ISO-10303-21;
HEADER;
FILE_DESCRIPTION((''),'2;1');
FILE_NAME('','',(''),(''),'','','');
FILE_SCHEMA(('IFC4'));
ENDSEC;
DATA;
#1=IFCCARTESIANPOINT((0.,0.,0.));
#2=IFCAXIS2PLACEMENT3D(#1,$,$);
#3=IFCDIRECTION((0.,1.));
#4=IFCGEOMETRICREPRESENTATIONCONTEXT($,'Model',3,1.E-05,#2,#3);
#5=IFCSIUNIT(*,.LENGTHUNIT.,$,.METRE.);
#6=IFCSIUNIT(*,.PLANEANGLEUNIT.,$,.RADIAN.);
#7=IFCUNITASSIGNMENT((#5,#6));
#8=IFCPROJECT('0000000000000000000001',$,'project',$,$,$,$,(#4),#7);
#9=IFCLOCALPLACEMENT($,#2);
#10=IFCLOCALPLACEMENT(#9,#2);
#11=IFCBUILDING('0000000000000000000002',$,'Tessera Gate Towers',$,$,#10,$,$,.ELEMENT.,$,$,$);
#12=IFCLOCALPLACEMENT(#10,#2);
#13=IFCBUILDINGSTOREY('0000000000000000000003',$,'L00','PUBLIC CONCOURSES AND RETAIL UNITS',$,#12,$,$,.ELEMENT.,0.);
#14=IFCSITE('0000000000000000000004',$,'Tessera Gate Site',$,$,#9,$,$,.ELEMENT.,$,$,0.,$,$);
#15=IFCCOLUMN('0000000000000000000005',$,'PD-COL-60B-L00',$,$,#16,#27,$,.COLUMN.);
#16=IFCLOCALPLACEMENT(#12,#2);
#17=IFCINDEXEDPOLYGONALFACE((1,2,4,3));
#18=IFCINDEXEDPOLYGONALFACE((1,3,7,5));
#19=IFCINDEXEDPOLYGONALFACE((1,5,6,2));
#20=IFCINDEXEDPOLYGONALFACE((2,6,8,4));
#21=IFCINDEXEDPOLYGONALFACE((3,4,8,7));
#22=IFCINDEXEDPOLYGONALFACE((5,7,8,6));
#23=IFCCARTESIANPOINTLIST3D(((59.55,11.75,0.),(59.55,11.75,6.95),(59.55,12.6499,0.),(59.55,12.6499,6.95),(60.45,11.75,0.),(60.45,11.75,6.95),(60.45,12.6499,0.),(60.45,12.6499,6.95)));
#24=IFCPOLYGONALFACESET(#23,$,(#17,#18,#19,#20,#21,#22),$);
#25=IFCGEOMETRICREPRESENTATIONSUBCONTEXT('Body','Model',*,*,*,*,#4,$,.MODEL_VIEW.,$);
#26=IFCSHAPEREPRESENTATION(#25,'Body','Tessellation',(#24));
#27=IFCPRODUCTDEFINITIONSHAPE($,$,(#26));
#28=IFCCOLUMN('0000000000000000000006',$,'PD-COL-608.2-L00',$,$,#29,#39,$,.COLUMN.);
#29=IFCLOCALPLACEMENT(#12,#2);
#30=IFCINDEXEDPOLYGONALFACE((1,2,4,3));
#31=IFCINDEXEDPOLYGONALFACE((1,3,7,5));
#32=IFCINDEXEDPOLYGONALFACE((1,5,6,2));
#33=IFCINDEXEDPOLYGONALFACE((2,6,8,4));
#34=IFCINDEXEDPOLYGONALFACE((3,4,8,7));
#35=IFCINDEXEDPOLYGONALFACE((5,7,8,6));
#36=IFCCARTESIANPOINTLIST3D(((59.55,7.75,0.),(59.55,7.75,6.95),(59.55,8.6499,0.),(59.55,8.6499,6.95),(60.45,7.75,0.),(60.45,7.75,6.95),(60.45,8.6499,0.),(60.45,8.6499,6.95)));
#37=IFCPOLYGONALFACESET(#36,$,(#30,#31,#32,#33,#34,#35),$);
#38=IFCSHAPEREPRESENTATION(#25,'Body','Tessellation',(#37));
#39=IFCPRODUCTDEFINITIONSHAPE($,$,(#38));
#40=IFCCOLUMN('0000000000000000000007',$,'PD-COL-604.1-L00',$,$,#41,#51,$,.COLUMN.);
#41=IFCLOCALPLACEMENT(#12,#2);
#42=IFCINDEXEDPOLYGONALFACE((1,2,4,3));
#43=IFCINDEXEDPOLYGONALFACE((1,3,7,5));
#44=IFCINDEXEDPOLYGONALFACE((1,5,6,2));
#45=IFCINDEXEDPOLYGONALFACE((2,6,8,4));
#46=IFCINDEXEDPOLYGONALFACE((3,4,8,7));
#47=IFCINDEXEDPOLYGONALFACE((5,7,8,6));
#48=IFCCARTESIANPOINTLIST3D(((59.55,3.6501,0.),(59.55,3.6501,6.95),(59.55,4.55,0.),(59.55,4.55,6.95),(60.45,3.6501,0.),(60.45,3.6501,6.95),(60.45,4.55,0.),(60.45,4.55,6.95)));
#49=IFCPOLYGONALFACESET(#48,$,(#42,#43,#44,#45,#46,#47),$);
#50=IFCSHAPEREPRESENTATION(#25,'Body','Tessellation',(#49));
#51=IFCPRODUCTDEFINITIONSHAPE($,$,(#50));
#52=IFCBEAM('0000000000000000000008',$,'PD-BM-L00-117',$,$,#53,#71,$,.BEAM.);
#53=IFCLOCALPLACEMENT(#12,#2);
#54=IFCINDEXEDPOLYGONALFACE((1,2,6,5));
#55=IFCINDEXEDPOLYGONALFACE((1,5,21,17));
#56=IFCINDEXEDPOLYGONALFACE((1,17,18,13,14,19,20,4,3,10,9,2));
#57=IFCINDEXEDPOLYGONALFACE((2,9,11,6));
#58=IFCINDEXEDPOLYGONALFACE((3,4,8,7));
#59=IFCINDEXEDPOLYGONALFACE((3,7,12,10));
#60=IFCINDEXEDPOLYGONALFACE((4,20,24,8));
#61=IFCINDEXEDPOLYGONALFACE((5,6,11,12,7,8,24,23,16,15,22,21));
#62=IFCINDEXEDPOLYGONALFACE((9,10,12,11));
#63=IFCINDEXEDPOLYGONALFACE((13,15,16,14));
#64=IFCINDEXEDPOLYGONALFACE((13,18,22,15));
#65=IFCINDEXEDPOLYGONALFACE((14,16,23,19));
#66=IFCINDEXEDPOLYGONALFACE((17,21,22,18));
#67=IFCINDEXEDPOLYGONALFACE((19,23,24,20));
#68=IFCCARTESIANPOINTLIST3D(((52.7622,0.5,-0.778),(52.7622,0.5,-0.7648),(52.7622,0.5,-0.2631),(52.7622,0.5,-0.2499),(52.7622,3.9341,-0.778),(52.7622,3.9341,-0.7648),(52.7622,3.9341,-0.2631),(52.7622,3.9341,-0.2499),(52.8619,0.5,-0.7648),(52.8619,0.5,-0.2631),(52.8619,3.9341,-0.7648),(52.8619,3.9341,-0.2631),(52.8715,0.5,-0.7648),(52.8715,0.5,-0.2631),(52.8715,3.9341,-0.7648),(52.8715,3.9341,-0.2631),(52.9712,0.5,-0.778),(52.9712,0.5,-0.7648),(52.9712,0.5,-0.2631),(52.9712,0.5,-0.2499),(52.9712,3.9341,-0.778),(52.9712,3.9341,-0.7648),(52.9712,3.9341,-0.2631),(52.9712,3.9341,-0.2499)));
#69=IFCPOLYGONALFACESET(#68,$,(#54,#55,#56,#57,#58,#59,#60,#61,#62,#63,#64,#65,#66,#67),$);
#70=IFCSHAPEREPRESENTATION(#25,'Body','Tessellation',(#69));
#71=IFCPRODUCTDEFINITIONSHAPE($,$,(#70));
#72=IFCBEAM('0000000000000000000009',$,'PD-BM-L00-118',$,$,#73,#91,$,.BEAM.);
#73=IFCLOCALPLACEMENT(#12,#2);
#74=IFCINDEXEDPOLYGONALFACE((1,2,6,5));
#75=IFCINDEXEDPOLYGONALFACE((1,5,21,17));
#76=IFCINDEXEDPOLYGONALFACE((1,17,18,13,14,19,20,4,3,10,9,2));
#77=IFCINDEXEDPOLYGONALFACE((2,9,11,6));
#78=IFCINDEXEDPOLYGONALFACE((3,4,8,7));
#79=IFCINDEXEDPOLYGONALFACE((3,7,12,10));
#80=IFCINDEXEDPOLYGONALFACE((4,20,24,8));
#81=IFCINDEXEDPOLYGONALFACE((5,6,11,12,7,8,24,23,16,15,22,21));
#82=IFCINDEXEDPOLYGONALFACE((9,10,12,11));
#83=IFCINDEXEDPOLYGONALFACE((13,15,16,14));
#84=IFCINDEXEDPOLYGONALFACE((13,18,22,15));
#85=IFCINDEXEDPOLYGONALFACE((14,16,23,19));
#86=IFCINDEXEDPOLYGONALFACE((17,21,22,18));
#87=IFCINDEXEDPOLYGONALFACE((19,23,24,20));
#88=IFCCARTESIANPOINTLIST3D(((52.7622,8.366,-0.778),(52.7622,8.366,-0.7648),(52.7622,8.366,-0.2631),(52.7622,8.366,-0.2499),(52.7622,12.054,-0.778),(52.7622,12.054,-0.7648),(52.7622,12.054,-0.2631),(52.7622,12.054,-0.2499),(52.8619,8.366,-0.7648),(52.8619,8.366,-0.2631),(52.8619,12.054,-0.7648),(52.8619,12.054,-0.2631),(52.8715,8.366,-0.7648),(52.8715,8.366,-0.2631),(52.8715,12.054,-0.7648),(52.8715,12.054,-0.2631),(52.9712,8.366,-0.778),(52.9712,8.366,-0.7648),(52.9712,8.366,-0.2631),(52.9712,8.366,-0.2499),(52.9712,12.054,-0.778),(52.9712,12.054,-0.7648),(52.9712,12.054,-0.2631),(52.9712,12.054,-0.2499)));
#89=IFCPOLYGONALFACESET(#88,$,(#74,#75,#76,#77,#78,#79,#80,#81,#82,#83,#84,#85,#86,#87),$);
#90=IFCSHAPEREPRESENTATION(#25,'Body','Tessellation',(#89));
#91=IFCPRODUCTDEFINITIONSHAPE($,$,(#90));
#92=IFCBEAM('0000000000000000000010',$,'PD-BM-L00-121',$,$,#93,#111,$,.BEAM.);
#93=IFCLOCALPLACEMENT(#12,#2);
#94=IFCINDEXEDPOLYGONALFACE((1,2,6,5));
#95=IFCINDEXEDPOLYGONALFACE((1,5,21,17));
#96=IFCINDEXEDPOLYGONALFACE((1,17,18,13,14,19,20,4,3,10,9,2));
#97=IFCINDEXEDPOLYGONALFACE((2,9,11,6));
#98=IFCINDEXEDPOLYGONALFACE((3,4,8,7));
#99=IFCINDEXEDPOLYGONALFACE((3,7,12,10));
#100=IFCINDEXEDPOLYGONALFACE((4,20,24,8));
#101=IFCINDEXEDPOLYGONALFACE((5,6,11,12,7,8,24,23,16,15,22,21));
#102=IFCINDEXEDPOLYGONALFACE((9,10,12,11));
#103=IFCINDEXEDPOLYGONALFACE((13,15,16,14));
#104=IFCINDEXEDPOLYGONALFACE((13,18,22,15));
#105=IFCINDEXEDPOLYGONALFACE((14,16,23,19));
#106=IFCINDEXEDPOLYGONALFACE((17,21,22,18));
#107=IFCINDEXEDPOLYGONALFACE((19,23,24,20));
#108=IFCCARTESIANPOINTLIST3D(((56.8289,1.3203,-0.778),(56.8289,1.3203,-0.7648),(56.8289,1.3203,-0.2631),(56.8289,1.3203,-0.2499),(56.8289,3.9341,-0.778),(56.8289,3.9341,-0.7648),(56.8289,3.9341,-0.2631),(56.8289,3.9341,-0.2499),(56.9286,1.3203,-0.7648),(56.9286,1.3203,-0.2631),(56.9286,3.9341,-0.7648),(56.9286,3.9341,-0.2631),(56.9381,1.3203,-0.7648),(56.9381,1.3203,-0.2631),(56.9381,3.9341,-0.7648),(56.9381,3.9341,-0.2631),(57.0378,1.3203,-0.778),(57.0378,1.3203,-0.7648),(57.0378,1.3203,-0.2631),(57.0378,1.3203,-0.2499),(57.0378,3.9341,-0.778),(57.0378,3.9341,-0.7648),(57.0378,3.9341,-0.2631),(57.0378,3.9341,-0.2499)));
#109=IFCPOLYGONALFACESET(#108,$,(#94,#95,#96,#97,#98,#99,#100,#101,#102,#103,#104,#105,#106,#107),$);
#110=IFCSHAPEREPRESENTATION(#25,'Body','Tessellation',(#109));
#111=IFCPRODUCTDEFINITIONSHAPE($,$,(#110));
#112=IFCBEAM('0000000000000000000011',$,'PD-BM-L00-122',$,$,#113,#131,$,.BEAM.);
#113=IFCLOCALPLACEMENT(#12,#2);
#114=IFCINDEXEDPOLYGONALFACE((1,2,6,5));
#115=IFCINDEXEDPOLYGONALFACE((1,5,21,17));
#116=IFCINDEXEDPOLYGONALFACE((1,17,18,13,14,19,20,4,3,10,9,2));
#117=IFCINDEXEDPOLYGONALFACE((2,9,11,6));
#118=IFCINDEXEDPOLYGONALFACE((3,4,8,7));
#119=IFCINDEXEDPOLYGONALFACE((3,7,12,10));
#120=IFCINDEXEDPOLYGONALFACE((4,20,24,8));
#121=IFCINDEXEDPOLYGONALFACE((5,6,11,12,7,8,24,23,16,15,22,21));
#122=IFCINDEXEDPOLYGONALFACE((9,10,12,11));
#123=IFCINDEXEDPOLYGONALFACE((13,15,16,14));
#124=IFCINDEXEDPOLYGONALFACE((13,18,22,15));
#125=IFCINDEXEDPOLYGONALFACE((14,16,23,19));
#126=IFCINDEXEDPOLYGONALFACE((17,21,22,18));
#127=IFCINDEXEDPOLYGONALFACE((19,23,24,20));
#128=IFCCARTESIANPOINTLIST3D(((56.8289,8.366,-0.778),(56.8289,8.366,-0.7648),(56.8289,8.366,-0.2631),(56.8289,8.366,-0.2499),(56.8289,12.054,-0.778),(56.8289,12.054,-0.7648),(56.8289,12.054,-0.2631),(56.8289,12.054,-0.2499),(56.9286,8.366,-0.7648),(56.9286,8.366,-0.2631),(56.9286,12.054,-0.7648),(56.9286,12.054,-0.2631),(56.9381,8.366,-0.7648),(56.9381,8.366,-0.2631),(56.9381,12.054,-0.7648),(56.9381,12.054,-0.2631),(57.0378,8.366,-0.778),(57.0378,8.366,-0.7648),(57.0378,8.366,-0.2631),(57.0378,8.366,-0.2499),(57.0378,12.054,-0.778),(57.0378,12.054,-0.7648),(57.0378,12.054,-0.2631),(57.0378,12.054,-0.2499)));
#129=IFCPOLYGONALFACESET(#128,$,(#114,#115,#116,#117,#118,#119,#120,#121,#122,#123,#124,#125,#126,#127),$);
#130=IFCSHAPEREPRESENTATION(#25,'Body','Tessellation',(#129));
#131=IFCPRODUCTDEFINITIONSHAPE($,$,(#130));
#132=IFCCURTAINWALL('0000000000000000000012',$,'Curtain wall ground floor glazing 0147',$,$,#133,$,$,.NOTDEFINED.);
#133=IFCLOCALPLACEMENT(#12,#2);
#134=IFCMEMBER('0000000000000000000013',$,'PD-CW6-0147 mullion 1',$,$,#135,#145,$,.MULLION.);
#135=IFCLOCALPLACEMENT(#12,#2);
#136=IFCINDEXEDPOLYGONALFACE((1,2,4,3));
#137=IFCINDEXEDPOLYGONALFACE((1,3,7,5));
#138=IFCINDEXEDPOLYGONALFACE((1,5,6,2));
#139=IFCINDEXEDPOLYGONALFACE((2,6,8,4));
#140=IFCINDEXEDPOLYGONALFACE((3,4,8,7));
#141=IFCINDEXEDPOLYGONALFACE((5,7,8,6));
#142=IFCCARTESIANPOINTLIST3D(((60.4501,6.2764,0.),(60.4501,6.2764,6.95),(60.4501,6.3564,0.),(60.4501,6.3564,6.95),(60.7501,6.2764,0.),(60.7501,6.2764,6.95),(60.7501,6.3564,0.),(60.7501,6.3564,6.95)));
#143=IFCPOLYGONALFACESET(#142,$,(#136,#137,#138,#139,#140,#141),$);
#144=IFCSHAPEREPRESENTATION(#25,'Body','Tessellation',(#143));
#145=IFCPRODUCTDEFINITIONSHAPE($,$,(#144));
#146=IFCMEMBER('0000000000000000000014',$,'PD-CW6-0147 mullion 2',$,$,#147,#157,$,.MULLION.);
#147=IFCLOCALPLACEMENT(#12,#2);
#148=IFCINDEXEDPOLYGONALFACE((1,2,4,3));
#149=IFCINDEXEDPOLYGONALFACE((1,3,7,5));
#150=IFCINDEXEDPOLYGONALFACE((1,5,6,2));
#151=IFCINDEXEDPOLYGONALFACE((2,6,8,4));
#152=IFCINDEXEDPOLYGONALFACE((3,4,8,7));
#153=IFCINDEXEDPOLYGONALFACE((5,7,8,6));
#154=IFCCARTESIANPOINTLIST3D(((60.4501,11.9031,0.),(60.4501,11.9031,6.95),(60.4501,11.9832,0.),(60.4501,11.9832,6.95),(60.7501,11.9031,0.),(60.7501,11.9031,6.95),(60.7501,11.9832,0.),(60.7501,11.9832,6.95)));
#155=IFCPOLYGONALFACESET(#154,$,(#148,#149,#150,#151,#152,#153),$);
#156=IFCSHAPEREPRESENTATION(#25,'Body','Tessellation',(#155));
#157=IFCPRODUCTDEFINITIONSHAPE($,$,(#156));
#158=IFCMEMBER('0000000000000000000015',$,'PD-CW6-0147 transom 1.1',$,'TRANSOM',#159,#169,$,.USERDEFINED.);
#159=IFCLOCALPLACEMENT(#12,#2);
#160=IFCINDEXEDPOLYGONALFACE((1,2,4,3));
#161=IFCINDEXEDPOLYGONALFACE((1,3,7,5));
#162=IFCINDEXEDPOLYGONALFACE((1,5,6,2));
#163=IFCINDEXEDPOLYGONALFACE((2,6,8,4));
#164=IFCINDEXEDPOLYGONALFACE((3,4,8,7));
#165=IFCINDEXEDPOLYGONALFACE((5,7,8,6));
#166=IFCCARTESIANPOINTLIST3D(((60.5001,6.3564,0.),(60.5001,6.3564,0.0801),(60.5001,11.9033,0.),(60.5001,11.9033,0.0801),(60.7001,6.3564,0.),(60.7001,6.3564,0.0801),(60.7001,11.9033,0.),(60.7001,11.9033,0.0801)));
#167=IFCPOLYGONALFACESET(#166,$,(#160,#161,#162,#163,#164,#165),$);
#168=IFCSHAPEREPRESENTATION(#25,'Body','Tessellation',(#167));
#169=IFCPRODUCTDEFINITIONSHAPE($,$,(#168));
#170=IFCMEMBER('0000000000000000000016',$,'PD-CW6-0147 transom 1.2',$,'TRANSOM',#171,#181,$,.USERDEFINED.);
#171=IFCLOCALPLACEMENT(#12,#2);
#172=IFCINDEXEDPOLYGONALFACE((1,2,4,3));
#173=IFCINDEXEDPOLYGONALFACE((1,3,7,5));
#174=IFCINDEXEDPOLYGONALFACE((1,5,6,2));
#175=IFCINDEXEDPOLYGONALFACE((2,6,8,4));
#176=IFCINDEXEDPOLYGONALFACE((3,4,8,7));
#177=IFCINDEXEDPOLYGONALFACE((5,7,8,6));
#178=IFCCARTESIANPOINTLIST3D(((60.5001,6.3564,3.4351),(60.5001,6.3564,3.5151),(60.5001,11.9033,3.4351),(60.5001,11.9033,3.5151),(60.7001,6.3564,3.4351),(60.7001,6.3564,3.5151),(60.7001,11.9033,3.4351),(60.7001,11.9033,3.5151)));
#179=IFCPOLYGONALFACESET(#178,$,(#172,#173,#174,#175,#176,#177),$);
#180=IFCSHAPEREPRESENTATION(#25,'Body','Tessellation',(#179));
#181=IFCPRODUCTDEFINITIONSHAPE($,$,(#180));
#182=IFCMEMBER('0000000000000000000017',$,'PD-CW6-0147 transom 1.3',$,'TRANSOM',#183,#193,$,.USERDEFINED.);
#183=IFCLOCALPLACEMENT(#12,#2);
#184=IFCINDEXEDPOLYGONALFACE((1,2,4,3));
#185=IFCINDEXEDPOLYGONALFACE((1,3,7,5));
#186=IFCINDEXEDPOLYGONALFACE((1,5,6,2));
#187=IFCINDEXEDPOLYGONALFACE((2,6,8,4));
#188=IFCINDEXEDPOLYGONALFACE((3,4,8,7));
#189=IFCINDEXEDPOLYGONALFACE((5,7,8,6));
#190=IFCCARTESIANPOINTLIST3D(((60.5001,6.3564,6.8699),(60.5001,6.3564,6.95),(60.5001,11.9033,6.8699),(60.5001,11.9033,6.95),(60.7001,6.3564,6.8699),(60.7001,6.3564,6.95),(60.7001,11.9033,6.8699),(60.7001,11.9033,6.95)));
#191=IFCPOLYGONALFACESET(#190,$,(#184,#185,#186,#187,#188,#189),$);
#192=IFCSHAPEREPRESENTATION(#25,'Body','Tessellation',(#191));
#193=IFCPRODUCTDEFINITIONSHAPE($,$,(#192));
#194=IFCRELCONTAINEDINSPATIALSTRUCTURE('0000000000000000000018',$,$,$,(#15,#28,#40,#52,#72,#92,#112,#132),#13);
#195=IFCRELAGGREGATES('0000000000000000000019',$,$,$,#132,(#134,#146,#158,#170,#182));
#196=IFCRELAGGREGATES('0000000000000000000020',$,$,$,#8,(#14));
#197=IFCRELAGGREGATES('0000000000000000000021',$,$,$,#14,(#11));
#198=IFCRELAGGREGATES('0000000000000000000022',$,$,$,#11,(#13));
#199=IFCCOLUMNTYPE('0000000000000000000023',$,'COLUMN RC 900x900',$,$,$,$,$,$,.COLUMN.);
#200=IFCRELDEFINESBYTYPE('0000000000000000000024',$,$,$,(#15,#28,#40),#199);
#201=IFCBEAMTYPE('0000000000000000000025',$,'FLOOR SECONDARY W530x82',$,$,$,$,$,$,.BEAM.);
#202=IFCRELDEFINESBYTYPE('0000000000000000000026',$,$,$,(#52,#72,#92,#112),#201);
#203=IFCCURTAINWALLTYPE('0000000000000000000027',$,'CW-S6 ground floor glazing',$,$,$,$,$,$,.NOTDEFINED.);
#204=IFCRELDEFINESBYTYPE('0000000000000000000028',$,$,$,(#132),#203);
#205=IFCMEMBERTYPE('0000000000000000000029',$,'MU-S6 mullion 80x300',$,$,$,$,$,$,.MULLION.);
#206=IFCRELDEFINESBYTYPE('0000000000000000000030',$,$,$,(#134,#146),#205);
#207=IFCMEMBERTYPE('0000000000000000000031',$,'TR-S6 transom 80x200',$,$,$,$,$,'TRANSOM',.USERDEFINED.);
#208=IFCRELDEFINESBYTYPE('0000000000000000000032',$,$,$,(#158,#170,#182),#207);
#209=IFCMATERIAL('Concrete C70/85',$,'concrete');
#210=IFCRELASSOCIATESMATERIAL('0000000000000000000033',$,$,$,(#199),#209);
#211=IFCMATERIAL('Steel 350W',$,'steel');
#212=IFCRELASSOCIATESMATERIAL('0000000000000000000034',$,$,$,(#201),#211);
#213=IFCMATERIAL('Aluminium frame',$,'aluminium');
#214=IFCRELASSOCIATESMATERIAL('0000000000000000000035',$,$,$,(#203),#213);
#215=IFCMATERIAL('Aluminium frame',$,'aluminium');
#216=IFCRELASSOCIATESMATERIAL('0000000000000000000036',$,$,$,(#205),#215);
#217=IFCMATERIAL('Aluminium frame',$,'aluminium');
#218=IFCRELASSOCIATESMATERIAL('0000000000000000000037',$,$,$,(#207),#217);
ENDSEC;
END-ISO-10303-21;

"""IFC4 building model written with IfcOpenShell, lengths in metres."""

from ifc_helpers import new_model, si_unit, direction, frame, origin, origin_2d, place, context, subcontext, project, spatial, rectangle, i_section, extrude, material, material_profile, profile_set, type_object, element, aggregate, save


model = new_model("IFC4")

# Units and contexts
model_context = context("Model", 3, precision=1e-05, world=origin(), true_north=direction((0.0, 1.0)))
body_context = subcontext(model_context, "Body", "Model", "MODEL_VIEW")
ifc_project = project(units=[si_unit("LENGTHUNIT", "METRE"), si_unit("PLANEANGLEUNIT", "RADIAN")], contexts=[model_context])

# Site, building, storey
site_placement = place(None, origin())
site = spatial("IfcSite", under=ifc_project, at=site_placement, Name="Tessera Gate Site", CompositionType="ELEMENT", RefElevation=0.0)
building_placement = place(site_placement, origin())
building = spatial("IfcBuilding", under=site, at=building_placement, Name="Tessera Gate Towers", CompositionType="ELEMENT")
storey_placement = place(building_placement, origin())
storey = spatial("IfcBuildingStorey", under=building, at=storey_placement, Name="L00", Description="PUBLIC CONCOURSES AND RETAIL UNITS", CompositionType="ELEMENT", Elevation=0.0)

# Columns
ifc_material_1 = material(Name="Concrete C70/85", Category="concrete")
ifc_material_profile_1 = material_profile(ifc_material_1, rectangle(XDim=0.8999, YDim=0.8999, at=origin_2d()), Name="RC 900x900")
ifc_profile_set_1 = profile_set([ifc_material_profile_1], Name="Concrete C70/85")
column_type = type_object("IfcColumnType", Name="COLUMN RC 900x900", PredefinedType="COLUMN", material=ifc_profile_set_1)
for number, where, z_axis, x_axis, name in (
    (1, (60.0, 12.2, 0.0), (0.0, 0.0, 1.0), (1.0, 0.0, 0.0), "PD-COL-60B-L00"),
    (2, (60.0, 8.2, 0.0), (0.0, 0.0, 1.0), (1.0, 0.0, 0.0), "PD-COL-608.2-L00"),
    (3, (60.0, 4.1001, 0.0), (0.0, 0.0, 1.0), (1.0, 0.0, 0.0), "PD-COL-604.1-L00"),
):
    element("IfcColumn", number, at=place(storey_placement, frame(where, z_axis=z_axis, x_axis=x_axis)), inside=storey, type_object=column_type, Name=name, PredefinedType="COLUMN", context=body_context, shape_type="SweptSolid", body=[
        extrude(rectangle(XDim=0.8999, YDim=0.8999, at=origin_2d()), origin(), (0.0, 0.0, 1.0), 6.95),
    ])

# Beams
ifc_material_2 = material(Name="Steel 350W", Category="steel")
ifc_material_profile_2 = material_profile(ifc_material_2, i_section(OverallWidth=0.209, OverallDepth=0.5281, WebThickness=0.0095, FlangeThickness=0.0132, at=origin_2d()), Name="W530x82")
ifc_profile_set_2 = profile_set([ifc_material_profile_2], Name="Steel 350W")
beam_type = type_object("IfcBeamType", Name="FLOOR SECONDARY W530x82", PredefinedType="BEAM", material=ifc_profile_set_2)
beam_1_placement = place(storey_placement, frame((52.8667, 0.5, -0.5139), z_axis=(0.0, 1.0, 0.0), x_axis=(-1.0, 0.0, 0.0)))
element("IfcBeam", 4, at=beam_1_placement, inside=storey, type_object=beam_type, Name="PD-BM-L00-117", PredefinedType="BEAM", context=body_context, shape_type="SweptSolid", body=[
    extrude(i_section(OverallWidth=0.209, OverallDepth=0.5281, WebThickness=0.0095, FlangeThickness=0.0132, at=origin_2d()), origin(), (0.0, 0.0, 1.0), 3.4341),
])
beam_2_placement = place(storey_placement, frame((52.8667, 8.366, -0.5139), z_axis=(0.0, 1.0, 0.0), x_axis=(-1.0, 0.0, 0.0)))
element("IfcBeam", 5, at=beam_2_placement, inside=storey, type_object=beam_type, Name="PD-BM-L00-118", PredefinedType="BEAM", context=body_context, shape_type="SweptSolid", body=[
    extrude(i_section(OverallWidth=0.209, OverallDepth=0.5281, WebThickness=0.0095, FlangeThickness=0.0132, at=origin_2d()), origin(), (0.0, 0.0, 1.0), 3.688),
])
beam_3_placement = place(storey_placement, frame((56.9333, 1.3203, -0.5139), z_axis=(0.0, 1.0, 0.0), x_axis=(-1.0, 0.0, 0.0)))
element("IfcBeam", 6, at=beam_3_placement, inside=storey, type_object=beam_type, Name="PD-BM-L00-121", PredefinedType="BEAM", context=body_context, shape_type="SweptSolid", body=[
    extrude(i_section(OverallWidth=0.209, OverallDepth=0.5281, WebThickness=0.0095, FlangeThickness=0.0132, at=origin_2d()), origin(), (0.0, 0.0, 1.0), 2.6138),
])
beam_4_placement = place(storey_placement, frame((56.9333, 8.366, -0.5139), z_axis=(0.0, 1.0, 0.0), x_axis=(-1.0, 0.0, 0.0)))
element("IfcBeam", 7, at=beam_4_placement, inside=storey, type_object=beam_type, Name="PD-BM-L00-122", PredefinedType="BEAM", context=body_context, shape_type="SweptSolid", body=[
    extrude(i_section(OverallWidth=0.209, OverallDepth=0.5281, WebThickness=0.0095, FlangeThickness=0.0132, at=origin_2d()), origin(), (0.0, 0.0, 1.0), 3.688),
])

# Curtain wall, members
ifc_material_3 = material(Name="Aluminium frame", Category="aluminium")
curtain_wall_type = type_object("IfcCurtainWallType", Name="CW-S6 ground floor glazing", PredefinedType="NOTDEFINED", material=ifc_material_3)
curtain_wall_placement = place(storey_placement, origin())
curtain_wall = element("IfcCurtainWall", 8, at=curtain_wall_placement, inside=storey, type_object=curtain_wall_type, Name="Curtain wall ground floor glazing 0147", PredefinedType="NOTDEFINED")
ifc_material_4 = material(Name="Aluminium frame", Category="aluminium")
ifc_material_profile_3 = material_profile(ifc_material_4, rectangle(XDim=0.0801, YDim=0.3, at=origin_2d()), Name="AL 80x300")
ifc_profile_set_3 = profile_set([ifc_material_profile_3], Name="Aluminium frame")
member_type_1 = type_object("IfcMemberType", Name="MU-S6 mullion 80x300", PredefinedType="MULLION", material=ifc_profile_set_3)
member_1_placement = place(storey_placement, frame((60.6001, 6.3164, 0.0), z_axis=(0.0, 0.0, 1.0), x_axis=(0.0, 1.0, 0.0)))
member_1 = element("IfcMember", 9, at=member_1_placement, type_object=member_type_1, Name="PD-CW6-0147 mullion 1", PredefinedType="MULLION", context=body_context, shape_type="SweptSolid", body=[
    extrude(rectangle(XDim=0.0801, YDim=0.3, at=origin_2d()), origin(), (0.0, 0.0, 1.0), 6.95),
])
member_2_placement = place(storey_placement, frame((60.6001, 11.9431, 0.0), z_axis=(0.0, 0.0, 1.0), x_axis=(0.0, 1.0, 0.0)))
member_2 = element("IfcMember", 10, at=member_2_placement, type_object=member_type_1, Name="PD-CW6-0147 mullion 2", PredefinedType="MULLION", context=body_context, shape_type="SweptSolid", body=[
    extrude(rectangle(XDim=0.0801, YDim=0.3, at=origin_2d()), origin(), (0.0, 0.0, 1.0), 6.95),
])
ifc_material_5 = material(Name="Aluminium frame", Category="aluminium")
ifc_material_profile_4 = material_profile(ifc_material_5, rectangle(XDim=0.2, YDim=0.0801, at=origin_2d()), Name="AL 80x200")
ifc_profile_set_4 = profile_set([ifc_material_profile_4], Name="Aluminium frame")
member_type_2 = type_object("IfcMemberType", Name="TR-S6 transom 80x200", ElementType="TRANSOM", PredefinedType="USERDEFINED", material=ifc_profile_set_4)
member_3_placement = place(storey_placement, frame((60.6001, 6.3564, 0.04), z_axis=(0.0, 1.0, 0.0), x_axis=(-1.0, 0.0, 0.0)))
member_3 = element("IfcMember", 11, at=member_3_placement, type_object=member_type_2, Name="PD-CW6-0147 transom 1.1", ObjectType="TRANSOM", PredefinedType="USERDEFINED", context=body_context, shape_type="SweptSolid", body=[
    extrude(rectangle(XDim=0.2, YDim=0.0801, at=origin_2d()), origin(), (0.0, 0.0, 1.0), 5.5469),
])
member_4_placement = place(storey_placement, frame((60.6001, 6.3564, 3.4751), z_axis=(0.0, 1.0, 0.0), x_axis=(-1.0, 0.0, 0.0)))
member_4 = element("IfcMember", 12, at=member_4_placement, type_object=member_type_2, Name="PD-CW6-0147 transom 1.2", ObjectType="TRANSOM", PredefinedType="USERDEFINED", context=body_context, shape_type="SweptSolid", body=[
    extrude(rectangle(XDim=0.2, YDim=0.0801, at=origin_2d()), origin(), (0.0, 0.0, 1.0), 5.5469),
])
member_5_placement = place(storey_placement, frame((60.6001, 6.3564, 6.9099), z_axis=(0.0, 1.0, 0.0), x_axis=(-1.0, 0.0, 0.0)))
member_5 = element("IfcMember", 13, at=member_5_placement, type_object=member_type_2, Name="PD-CW6-0147 transom 1.3", ObjectType="TRANSOM", PredefinedType="USERDEFINED", context=body_context, shape_type="SweptSolid", body=[
    extrude(rectangle(XDim=0.2, YDim=0.0801, at=origin_2d()), origin(), (0.0, 0.0, 1.0), 5.5469),
])
aggregate(curtain_wall, [member_1, member_2, member_3, member_4, member_5])

save(model, "model.ifc")
